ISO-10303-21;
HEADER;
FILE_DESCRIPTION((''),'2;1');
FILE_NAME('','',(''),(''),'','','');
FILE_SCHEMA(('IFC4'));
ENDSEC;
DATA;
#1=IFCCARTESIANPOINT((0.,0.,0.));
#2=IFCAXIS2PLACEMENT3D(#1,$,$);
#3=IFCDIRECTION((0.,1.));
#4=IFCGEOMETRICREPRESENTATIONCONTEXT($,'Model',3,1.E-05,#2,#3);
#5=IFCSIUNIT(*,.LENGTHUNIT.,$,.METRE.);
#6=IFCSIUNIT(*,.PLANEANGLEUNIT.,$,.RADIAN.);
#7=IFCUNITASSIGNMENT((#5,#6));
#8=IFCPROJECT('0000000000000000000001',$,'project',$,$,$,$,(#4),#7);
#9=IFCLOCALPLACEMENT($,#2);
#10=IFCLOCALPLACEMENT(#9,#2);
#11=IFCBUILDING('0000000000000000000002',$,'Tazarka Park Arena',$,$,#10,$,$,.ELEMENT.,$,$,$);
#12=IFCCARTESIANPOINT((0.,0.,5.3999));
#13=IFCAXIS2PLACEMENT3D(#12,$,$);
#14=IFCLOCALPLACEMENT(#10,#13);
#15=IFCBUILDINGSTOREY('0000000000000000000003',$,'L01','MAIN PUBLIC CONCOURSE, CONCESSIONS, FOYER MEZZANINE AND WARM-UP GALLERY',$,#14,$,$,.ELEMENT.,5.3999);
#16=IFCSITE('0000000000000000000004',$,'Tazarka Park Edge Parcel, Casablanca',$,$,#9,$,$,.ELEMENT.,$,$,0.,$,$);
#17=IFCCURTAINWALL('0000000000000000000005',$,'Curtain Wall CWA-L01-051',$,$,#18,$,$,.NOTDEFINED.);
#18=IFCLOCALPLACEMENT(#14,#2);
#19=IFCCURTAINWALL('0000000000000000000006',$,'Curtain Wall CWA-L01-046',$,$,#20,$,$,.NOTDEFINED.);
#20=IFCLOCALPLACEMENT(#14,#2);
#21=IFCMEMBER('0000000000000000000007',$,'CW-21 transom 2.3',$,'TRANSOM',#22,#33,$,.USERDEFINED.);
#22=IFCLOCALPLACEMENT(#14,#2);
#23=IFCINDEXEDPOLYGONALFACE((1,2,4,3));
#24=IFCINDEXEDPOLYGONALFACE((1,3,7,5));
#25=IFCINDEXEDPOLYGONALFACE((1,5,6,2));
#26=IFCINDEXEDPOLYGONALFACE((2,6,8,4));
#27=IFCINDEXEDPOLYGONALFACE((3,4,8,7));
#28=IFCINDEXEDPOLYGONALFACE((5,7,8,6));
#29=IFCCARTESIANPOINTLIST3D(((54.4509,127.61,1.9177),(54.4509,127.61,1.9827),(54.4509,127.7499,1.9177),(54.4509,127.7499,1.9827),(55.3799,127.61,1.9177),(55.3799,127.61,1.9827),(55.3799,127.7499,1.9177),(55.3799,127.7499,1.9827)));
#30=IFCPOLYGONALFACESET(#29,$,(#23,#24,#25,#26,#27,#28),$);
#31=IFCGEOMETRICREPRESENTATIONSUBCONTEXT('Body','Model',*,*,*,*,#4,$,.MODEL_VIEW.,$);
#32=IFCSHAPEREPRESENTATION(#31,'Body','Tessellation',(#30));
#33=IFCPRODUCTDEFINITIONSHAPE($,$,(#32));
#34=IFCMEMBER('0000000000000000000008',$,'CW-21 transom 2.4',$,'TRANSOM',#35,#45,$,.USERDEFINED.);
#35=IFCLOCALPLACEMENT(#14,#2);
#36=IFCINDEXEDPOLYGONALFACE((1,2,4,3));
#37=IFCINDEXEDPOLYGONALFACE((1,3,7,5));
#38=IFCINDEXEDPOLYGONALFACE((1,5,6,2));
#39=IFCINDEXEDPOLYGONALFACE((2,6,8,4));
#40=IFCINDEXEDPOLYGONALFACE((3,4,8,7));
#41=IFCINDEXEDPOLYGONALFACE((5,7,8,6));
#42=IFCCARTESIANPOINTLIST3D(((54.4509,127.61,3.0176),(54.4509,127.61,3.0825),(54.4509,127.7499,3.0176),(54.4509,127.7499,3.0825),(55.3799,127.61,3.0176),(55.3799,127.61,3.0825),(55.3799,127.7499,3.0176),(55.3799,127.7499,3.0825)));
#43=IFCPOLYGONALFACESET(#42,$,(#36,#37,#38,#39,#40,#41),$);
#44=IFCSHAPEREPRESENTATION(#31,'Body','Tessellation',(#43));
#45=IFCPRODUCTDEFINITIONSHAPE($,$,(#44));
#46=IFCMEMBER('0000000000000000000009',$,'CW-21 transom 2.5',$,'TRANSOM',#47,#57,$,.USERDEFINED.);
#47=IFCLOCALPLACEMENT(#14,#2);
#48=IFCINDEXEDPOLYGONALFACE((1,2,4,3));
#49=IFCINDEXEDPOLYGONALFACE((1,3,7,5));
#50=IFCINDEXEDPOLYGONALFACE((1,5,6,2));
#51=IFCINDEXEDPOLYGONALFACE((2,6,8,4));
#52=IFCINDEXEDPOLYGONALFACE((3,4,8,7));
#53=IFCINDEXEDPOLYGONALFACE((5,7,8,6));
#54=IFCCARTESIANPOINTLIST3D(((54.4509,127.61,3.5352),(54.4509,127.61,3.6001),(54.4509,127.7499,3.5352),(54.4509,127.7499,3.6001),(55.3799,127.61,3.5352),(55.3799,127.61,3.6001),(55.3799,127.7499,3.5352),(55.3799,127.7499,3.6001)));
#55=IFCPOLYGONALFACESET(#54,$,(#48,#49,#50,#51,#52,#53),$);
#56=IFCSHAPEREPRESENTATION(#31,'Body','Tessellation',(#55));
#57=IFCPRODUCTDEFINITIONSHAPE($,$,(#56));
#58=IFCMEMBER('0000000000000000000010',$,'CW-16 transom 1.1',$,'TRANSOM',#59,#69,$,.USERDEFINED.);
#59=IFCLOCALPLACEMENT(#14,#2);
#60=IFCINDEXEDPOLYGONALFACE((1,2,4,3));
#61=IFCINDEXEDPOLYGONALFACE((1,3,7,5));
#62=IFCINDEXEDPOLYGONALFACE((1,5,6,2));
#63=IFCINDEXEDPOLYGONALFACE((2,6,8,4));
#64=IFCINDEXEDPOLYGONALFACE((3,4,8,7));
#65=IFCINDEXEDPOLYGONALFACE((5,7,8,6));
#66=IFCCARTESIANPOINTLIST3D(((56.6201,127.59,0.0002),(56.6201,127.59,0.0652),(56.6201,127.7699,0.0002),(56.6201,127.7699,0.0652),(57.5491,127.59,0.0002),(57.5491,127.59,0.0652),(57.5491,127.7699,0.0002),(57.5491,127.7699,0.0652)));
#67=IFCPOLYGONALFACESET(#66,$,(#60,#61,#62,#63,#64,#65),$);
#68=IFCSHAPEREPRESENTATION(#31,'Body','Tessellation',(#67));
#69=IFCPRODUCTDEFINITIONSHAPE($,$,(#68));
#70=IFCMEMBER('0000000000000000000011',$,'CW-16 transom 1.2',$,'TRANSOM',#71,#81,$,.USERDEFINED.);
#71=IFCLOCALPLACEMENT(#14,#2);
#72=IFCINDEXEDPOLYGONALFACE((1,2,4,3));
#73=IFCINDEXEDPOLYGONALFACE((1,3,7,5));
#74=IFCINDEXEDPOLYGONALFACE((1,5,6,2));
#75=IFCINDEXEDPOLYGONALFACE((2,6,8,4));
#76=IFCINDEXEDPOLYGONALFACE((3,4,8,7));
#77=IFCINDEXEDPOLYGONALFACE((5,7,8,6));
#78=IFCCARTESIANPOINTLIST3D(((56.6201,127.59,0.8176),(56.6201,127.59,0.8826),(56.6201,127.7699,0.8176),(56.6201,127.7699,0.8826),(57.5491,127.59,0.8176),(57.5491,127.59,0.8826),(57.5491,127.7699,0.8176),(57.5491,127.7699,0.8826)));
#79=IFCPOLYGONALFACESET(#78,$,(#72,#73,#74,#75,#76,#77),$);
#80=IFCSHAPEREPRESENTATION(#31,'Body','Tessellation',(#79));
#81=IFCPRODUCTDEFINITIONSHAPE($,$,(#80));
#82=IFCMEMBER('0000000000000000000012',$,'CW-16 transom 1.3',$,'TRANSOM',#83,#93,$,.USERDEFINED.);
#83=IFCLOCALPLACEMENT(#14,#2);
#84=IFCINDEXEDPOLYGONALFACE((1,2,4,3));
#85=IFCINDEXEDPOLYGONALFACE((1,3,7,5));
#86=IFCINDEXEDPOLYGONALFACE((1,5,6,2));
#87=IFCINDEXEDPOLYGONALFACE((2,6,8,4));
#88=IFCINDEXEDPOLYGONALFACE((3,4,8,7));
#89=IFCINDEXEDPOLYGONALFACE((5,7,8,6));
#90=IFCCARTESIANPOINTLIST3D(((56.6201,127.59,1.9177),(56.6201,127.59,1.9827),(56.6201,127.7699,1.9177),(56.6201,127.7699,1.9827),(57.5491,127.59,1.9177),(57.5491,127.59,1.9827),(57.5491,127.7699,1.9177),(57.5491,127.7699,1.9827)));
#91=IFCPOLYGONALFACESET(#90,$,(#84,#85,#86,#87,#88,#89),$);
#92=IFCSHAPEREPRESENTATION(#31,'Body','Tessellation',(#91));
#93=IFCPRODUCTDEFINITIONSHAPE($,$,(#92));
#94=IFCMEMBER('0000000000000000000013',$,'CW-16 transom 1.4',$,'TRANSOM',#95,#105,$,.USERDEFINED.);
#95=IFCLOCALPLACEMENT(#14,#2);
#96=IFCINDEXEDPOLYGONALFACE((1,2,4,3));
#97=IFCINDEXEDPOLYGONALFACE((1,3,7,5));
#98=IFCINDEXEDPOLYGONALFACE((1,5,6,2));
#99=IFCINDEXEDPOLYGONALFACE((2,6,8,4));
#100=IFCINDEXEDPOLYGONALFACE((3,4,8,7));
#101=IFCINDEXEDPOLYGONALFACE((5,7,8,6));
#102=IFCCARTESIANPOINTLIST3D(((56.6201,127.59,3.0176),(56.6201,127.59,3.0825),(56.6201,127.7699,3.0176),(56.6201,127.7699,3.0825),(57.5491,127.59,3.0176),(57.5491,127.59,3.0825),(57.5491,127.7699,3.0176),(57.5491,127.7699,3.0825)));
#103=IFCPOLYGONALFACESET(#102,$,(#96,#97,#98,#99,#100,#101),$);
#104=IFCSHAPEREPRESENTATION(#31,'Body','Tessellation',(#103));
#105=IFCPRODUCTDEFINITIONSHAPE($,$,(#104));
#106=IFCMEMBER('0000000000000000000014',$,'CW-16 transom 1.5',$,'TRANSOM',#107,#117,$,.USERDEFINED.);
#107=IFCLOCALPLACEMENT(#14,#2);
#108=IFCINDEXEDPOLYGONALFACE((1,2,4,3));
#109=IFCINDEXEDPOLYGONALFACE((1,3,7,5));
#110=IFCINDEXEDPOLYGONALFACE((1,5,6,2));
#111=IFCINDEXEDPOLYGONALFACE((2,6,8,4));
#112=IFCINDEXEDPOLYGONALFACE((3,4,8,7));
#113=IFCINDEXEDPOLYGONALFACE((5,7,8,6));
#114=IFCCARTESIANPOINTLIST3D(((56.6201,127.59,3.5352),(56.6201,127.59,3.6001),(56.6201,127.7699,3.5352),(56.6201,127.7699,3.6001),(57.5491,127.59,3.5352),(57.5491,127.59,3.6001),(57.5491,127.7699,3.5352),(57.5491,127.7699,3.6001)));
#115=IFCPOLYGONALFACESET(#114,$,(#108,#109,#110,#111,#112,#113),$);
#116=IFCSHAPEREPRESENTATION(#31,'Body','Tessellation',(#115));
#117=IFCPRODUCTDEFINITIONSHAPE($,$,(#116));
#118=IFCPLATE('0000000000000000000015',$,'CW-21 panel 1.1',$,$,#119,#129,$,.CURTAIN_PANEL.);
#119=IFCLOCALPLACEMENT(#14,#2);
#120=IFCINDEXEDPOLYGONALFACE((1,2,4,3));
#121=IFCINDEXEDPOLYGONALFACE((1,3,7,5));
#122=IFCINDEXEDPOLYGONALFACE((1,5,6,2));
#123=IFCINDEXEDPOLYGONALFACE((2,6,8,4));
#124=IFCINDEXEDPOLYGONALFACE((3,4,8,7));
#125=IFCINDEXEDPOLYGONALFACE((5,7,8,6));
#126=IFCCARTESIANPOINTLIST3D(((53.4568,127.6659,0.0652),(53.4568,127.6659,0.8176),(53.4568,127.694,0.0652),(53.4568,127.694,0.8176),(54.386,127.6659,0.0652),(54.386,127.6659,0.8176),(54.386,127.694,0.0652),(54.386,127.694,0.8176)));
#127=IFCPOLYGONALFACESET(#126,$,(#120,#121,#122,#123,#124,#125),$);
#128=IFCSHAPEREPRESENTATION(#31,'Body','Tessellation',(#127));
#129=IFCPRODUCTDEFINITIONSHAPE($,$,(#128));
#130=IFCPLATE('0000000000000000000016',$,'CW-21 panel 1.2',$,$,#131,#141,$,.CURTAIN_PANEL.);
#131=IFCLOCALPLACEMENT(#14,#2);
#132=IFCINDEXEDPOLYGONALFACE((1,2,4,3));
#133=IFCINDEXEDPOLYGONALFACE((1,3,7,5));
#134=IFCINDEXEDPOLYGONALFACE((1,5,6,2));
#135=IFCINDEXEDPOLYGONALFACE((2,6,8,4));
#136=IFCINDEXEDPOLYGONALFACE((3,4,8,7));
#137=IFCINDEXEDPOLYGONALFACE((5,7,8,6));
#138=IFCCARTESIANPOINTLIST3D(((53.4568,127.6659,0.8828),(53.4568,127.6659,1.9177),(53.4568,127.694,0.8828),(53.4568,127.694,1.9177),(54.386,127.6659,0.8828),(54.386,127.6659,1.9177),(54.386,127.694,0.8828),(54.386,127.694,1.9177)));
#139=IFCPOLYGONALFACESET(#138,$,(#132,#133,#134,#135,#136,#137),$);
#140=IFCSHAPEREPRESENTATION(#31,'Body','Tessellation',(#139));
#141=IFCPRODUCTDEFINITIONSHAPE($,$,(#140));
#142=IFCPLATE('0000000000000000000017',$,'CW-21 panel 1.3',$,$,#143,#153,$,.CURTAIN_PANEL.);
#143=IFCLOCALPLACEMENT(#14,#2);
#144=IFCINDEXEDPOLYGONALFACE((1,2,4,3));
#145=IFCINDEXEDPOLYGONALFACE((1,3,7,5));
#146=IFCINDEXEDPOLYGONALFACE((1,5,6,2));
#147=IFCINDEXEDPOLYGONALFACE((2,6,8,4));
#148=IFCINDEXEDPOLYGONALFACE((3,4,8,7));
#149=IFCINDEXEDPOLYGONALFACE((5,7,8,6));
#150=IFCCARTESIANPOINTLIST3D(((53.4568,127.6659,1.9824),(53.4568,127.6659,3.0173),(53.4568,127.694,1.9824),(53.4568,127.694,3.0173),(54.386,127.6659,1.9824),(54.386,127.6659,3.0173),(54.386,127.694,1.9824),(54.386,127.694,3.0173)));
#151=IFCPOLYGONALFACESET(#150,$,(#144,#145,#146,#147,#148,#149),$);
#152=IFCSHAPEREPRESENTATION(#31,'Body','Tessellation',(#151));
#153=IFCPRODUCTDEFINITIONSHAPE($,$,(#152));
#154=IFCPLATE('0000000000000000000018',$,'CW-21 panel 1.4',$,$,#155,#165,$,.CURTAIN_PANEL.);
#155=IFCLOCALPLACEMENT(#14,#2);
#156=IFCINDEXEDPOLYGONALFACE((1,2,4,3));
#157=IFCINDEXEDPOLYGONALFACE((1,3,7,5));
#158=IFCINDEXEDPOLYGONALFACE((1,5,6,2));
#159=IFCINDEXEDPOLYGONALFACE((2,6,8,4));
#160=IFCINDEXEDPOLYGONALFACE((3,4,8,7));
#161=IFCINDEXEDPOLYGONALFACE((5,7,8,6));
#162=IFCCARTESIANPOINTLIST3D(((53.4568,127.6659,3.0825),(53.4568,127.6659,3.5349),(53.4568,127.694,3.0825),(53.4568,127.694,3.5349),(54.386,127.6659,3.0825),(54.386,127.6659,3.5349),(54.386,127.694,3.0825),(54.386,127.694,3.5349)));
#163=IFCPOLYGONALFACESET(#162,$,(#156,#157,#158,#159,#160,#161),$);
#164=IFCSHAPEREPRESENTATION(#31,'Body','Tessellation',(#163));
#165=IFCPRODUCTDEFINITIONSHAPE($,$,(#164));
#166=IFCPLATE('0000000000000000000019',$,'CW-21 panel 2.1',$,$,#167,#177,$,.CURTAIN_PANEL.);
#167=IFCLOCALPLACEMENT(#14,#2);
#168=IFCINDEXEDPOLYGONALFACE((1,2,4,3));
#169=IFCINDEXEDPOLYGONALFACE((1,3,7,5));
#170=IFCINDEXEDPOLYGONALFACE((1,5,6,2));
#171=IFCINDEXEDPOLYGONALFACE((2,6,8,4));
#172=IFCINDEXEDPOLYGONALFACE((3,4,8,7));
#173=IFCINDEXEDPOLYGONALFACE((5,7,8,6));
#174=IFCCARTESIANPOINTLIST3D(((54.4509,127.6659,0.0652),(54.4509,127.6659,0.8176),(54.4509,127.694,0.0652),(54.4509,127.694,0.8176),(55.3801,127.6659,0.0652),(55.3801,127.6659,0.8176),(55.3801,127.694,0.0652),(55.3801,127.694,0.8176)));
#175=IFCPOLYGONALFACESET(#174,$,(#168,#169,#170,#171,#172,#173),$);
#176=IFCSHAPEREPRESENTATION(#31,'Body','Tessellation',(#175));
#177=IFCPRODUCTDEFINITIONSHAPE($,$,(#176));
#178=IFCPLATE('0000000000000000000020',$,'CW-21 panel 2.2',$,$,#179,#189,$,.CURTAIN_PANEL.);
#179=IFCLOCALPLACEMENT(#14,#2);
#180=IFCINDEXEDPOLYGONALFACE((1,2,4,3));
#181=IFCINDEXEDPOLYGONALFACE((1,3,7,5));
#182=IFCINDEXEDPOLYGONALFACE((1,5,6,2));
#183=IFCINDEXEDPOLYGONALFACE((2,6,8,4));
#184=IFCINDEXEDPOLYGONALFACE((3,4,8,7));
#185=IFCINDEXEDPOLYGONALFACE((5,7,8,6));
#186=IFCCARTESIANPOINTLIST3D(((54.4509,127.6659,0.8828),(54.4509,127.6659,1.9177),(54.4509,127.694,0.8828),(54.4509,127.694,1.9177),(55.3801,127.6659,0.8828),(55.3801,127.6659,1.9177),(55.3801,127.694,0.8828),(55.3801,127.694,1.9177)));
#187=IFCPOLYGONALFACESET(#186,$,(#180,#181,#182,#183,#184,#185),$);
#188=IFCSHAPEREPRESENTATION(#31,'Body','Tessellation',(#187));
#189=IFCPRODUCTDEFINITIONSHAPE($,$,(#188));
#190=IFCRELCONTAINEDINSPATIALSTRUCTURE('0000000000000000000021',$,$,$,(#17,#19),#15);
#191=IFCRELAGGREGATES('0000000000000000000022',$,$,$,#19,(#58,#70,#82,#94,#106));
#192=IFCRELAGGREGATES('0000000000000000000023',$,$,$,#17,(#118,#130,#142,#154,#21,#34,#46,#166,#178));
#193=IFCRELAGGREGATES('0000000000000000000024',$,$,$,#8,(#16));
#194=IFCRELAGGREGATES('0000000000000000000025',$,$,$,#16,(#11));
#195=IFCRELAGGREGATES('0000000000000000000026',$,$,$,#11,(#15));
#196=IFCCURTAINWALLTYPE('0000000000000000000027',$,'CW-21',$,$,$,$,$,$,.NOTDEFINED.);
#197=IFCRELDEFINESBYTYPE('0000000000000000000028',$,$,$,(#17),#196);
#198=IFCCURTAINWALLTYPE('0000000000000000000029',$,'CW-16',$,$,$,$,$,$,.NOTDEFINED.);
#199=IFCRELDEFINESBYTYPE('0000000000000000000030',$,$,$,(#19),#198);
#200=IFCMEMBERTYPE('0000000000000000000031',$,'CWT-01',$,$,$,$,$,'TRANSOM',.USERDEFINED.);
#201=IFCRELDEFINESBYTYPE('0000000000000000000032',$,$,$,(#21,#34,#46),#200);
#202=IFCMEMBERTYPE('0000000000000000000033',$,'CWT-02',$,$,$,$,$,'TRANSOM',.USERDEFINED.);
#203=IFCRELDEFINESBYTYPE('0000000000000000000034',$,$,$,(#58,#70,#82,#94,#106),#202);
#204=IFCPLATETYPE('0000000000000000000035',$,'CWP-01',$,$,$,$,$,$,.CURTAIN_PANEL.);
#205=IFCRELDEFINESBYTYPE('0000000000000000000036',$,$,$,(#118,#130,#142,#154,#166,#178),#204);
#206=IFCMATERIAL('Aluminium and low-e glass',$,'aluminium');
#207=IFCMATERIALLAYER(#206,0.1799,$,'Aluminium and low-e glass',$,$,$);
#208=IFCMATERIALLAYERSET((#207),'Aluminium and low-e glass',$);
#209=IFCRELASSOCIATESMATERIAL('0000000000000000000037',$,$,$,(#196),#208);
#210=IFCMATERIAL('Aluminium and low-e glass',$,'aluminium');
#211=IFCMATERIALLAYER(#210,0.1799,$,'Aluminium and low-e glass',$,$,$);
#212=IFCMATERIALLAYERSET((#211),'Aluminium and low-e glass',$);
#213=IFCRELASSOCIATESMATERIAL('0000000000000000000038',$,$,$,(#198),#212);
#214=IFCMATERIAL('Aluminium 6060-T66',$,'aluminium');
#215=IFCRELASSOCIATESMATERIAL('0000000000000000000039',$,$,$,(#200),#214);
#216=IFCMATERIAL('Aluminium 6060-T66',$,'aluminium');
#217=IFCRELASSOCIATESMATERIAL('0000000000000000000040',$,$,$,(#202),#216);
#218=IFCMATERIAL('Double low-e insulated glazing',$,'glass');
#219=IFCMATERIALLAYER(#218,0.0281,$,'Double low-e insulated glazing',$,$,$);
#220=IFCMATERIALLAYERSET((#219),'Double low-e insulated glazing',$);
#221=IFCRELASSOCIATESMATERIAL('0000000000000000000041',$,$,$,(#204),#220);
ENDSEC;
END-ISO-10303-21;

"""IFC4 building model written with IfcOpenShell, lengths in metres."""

from ifc_helpers import new_model, si_unit, direction, frame, origin, origin_2d, place, context, subcontext, project, spatial, rectangle, extrude, material, layer, layer_set, material_profile, profile_set, type_object, element, aggregate, save


model = new_model("IFC4")

# Units and contexts
model_context = context("Model", 3, precision=1e-05, world=origin(), true_north=direction((0.0, 1.0)))
body_context = subcontext(model_context, "Body", "Model", "MODEL_VIEW")
ifc_project = project(units=[si_unit("LENGTHUNIT", "METRE"), si_unit("PLANEANGLEUNIT", "RADIAN")], contexts=[model_context])

# Site, building, storey
site_placement = place(None, origin())
site = spatial("IfcSite", under=ifc_project, at=site_placement, Name="Tazarka Park Edge Parcel, Casablanca", CompositionType="ELEMENT", RefElevation=0.0)
building_placement = place(site_placement, origin())
building = spatial("IfcBuilding", under=site, at=building_placement, Name="Tazarka Park Arena", CompositionType="ELEMENT")
storey_placement = place(building_placement, frame((0.0, 0.0, 5.3999)))
storey = spatial("IfcBuildingStorey", under=building, at=storey_placement, Name="L01", Description="MAIN PUBLIC CONCOURSE, CONCESSIONS, FOYER MEZZANINE AND WARM-UP GALLERY", CompositionType="ELEMENT", Elevation=5.3999)

# Curtain wall
ifc_material_1 = material(Name="Aluminium and low-e glass", Category="aluminium")
ifc_layer_1 = layer(ifc_material_1, 0.1799, Name="Aluminium and low-e glass")
ifc_layer_set_1 = layer_set([ifc_layer_1], Name="Aluminium and low-e glass")
curtain_wall_type_1 = type_object("IfcCurtainWallType", Name="CW-21", PredefinedType="NOTDEFINED", material=ifc_layer_set_1)
curtain_wall_1_placement = place(storey_placement, origin())
curtain_wall_1 = element("IfcCurtainWall", 1, at=curtain_wall_1_placement, inside=storey, type_object=curtain_wall_type_1, Name="Curtain Wall CWA-L01-051", PredefinedType="NOTDEFINED")

# Curtain wall
ifc_material_2 = material(Name="Aluminium and low-e glass", Category="aluminium")
ifc_layer_2 = layer(ifc_material_2, 0.1799, Name="Aluminium and low-e glass")
ifc_layer_set_2 = layer_set([ifc_layer_2], Name="Aluminium and low-e glass")
curtain_wall_type_2 = type_object("IfcCurtainWallType", Name="CW-16", PredefinedType="NOTDEFINED", material=ifc_layer_set_2)
curtain_wall_2_placement = place(storey_placement, origin())
curtain_wall_2 = element("IfcCurtainWall", 2, at=curtain_wall_2_placement, inside=storey, type_object=curtain_wall_type_2, Name="Curtain Wall CWA-L01-046", PredefinedType="NOTDEFINED")

# Members
ifc_material_3 = material(Name="Aluminium 6060-T66", Category="aluminium")
ifc_material_profile_1 = material_profile(ifc_material_3, rectangle(XDim=0.1399, YDim=0.0649, at=origin_2d()), Name="Aluminium 6060-T66")
ifc_profile_set_1 = profile_set([ifc_material_profile_1], Name="Aluminium 6060-T66")
member_type_1 = type_object("IfcMemberType", Name="CWT-01", ElementType="TRANSOM", PredefinedType="USERDEFINED", material=ifc_profile_set_1)
member_1_placement = place(storey_placement, frame((54.4509, 127.6799, 1.9502), z_axis=(1.0, 0.0, 0.0), x_axis=(0.0, 1.0, 0.0)))
member_1 = element("IfcMember", 3, at=member_1_placement, type_object=member_type_1, Name="CW-21 transom 2.3", ObjectType="TRANSOM", PredefinedType="USERDEFINED", context=body_context, shape_type="SweptSolid", body=[
    extrude(rectangle(XDim=0.1399, YDim=0.0649, at=origin_2d()), origin(), (0.0, 0.0, 1.0), 0.929),
])
member_2_placement = place(storey_placement, frame((54.4509, 127.6799, 3.05), z_axis=(1.0, 0.0, 0.0), x_axis=(0.0, 1.0, 0.0)))
member_2 = element("IfcMember", 4, at=member_2_placement, type_object=member_type_1, Name="CW-21 transom 2.4", ObjectType="TRANSOM", PredefinedType="USERDEFINED", context=body_context, shape_type="SweptSolid", body=[
    extrude(rectangle(XDim=0.1399, YDim=0.0649, at=origin_2d()), origin(), (0.0, 0.0, 1.0), 0.929),
])
member_3_placement = place(storey_placement, frame((54.4509, 127.6799, 3.5676), z_axis=(1.0, 0.0, 0.0), x_axis=(0.0, 1.0, 0.0)))
member_3 = element("IfcMember", 5, at=member_3_placement, type_object=member_type_1, Name="CW-21 transom 2.5", ObjectType="TRANSOM", PredefinedType="USERDEFINED", context=body_context, shape_type="SweptSolid", body=[
    extrude(rectangle(XDim=0.1399, YDim=0.0649, at=origin_2d()), origin(), (0.0, 0.0, 1.0), 0.929),
])
ifc_material_4 = material(Name="Aluminium 6060-T66", Category="aluminium")
ifc_material_profile_2 = material_profile(ifc_material_4, rectangle(XDim=0.1799, YDim=0.0649, at=origin_2d()), Name="Aluminium 6060-T66")
ifc_profile_set_2 = profile_set([ifc_material_profile_2], Name="Aluminium 6060-T66")
member_type_2 = type_object("IfcMemberType", Name="CWT-02", ElementType="TRANSOM", PredefinedType="USERDEFINED", material=ifc_profile_set_2)
member_4_placement = place(storey_placement, frame((56.6201, 127.6799, 0.0327), z_axis=(1.0, 0.0, 0.0), x_axis=(0.0, 1.0, 0.0)))
member_4 = element("IfcMember", 6, at=member_4_placement, type_object=member_type_2, Name="CW-16 transom 1.1", ObjectType="TRANSOM", PredefinedType="USERDEFINED", context=body_context, shape_type="SweptSolid", body=[
    extrude(rectangle(XDim=0.1799, YDim=0.0649, at=origin_2d()), origin(), (0.0, 0.0, 1.0), 0.929),
])
member_5_placement = place(storey_placement, frame((56.6201, 127.6799, 0.8501), z_axis=(1.0, 0.0, 0.0), x_axis=(0.0, 1.0, 0.0)))
member_5 = element("IfcMember", 7, at=member_5_placement, type_object=member_type_2, Name="CW-16 transom 1.2", ObjectType="TRANSOM", PredefinedType="USERDEFINED", context=body_context, shape_type="SweptSolid", body=[
    extrude(rectangle(XDim=0.1799, YDim=0.0649, at=origin_2d()), origin(), (0.0, 0.0, 1.0), 0.929),
])
member_6_placement = place(storey_placement, frame((56.6201, 127.6799, 1.9502), z_axis=(1.0, 0.0, 0.0), x_axis=(0.0, 1.0, 0.0)))
member_6 = element("IfcMember", 8, at=member_6_placement, type_object=member_type_2, Name="CW-16 transom 1.3", ObjectType="TRANSOM", PredefinedType="USERDEFINED", context=body_context, shape_type="SweptSolid", body=[
    extrude(rectangle(XDim=0.1799, YDim=0.0649, at=origin_2d()), origin(), (0.0, 0.0, 1.0), 0.929),
])
member_7_placement = place(storey_placement, frame((56.6201, 127.6799, 3.05), z_axis=(1.0, 0.0, 0.0), x_axis=(0.0, 1.0, 0.0)))
member_7 = element("IfcMember", 9, at=member_7_placement, type_object=member_type_2, Name="CW-16 transom 1.4", ObjectType="TRANSOM", PredefinedType="USERDEFINED", context=body_context, shape_type="SweptSolid", body=[
    extrude(rectangle(XDim=0.1799, YDim=0.0649, at=origin_2d()), origin(), (0.0, 0.0, 1.0), 0.929),
])
member_8_placement = place(storey_placement, frame((56.6201, 127.6799, 3.5676), z_axis=(1.0, 0.0, 0.0), x_axis=(0.0, 1.0, 0.0)))
member_8 = element("IfcMember", 10, at=member_8_placement, type_object=member_type_2, Name="CW-16 transom 1.5", ObjectType="TRANSOM", PredefinedType="USERDEFINED", context=body_context, shape_type="SweptSolid", body=[
    extrude(rectangle(XDim=0.1799, YDim=0.0649, at=origin_2d()), origin(), (0.0, 0.0, 1.0), 0.929),
])
aggregate(curtain_wall_2, [member_4, member_5, member_6, member_7, member_8])

# Plates
ifc_material_5 = material(Name="Double low-e insulated glazing", Category="glass")
ifc_layer_3 = layer(ifc_material_5, 0.0281, Name="Double low-e insulated glazing")
ifc_layer_set_3 = layer_set([ifc_layer_3], Name="Double low-e insulated glazing")
plate_type = type_object("IfcPlateType", Name="CWP-01", PredefinedType="CURTAIN_PANEL", material=ifc_layer_set_3)
plate_1_placement = place(storey_placement, frame((53.9214, 127.6799, 0.0652), z_axis=(0.0, 0.0, 1.0), x_axis=(1.0, 0.0, 0.0)))
plate_1 = element("IfcPlate", 11, at=plate_1_placement, type_object=plate_type, Name="CW-21 panel 1.1", PredefinedType="CURTAIN_PANEL", context=body_context, shape_type="SweptSolid", body=[
    extrude(rectangle(XDim=0.9292, YDim=0.0281, at=origin_2d()), origin(), (0.0, 0.0, 1.0), 0.7524),
])
plate_2_placement = place(storey_placement, frame((53.9214, 127.6799, 0.8828), z_axis=(0.0, 0.0, 1.0), x_axis=(1.0, 0.0, 0.0)))
plate_2 = element("IfcPlate", 12, at=plate_2_placement, type_object=plate_type, Name="CW-21 panel 1.2", PredefinedType="CURTAIN_PANEL", context=body_context, shape_type="SweptSolid", body=[
    extrude(rectangle(XDim=0.9292, YDim=0.0281, at=origin_2d()), origin(), (0.0, 0.0, 1.0), 1.0349),
])
plate_3_placement = place(storey_placement, frame((53.9214, 127.6799, 1.9824), z_axis=(0.0, 0.0, 1.0), x_axis=(1.0, 0.0, 0.0)))
plate_3 = element("IfcPlate", 13, at=plate_3_placement, type_object=plate_type, Name="CW-21 panel 1.3", PredefinedType="CURTAIN_PANEL", context=body_context, shape_type="SweptSolid", body=[
    extrude(rectangle(XDim=0.9292, YDim=0.0281, at=origin_2d()), origin(), (0.0, 0.0, 1.0), 1.0349),
])
plate_4_placement = place(storey_placement, frame((53.9214, 127.6799, 3.0825), z_axis=(0.0, 0.0, 1.0), x_axis=(1.0, 0.0, 0.0)))
plate_4 = element("IfcPlate", 14, at=plate_4_placement, type_object=plate_type, Name="CW-21 panel 1.4", PredefinedType="CURTAIN_PANEL", context=body_context, shape_type="SweptSolid", body=[
    extrude(rectangle(XDim=0.9292, YDim=0.0281, at=origin_2d()), origin(), (0.0, 0.0, 1.0), 0.4524),
])
plate_5_placement = place(storey_placement, frame((54.9155, 127.6799, 0.0652), z_axis=(0.0, 0.0, 1.0), x_axis=(1.0, 0.0, 0.0)))
plate_5 = element("IfcPlate", 15, at=plate_5_placement, type_object=plate_type, Name="CW-21 panel 2.1", PredefinedType="CURTAIN_PANEL", context=body_context, shape_type="SweptSolid", body=[
    extrude(rectangle(XDim=0.9292, YDim=0.0281, at=origin_2d()), origin(), (0.0, 0.0, 1.0), 0.7524),
])
plate_6_placement = place(storey_placement, frame((54.9155, 127.6799, 0.8828), z_axis=(0.0, 0.0, 1.0), x_axis=(1.0, 0.0, 0.0)))
plate_6 = element("IfcPlate", 16, at=plate_6_placement, type_object=plate_type, Name="CW-21 panel 2.2", PredefinedType="CURTAIN_PANEL", context=body_context, shape_type="SweptSolid", body=[
    extrude(rectangle(XDim=0.9292, YDim=0.0281, at=origin_2d()), origin(), (0.0, 0.0, 1.0), 1.0349),
])
aggregate(curtain_wall_1, [plate_1, plate_2, plate_3, plate_4, member_1, member_2, member_3, plate_5, plate_6])

save(model, "model.ifc")
